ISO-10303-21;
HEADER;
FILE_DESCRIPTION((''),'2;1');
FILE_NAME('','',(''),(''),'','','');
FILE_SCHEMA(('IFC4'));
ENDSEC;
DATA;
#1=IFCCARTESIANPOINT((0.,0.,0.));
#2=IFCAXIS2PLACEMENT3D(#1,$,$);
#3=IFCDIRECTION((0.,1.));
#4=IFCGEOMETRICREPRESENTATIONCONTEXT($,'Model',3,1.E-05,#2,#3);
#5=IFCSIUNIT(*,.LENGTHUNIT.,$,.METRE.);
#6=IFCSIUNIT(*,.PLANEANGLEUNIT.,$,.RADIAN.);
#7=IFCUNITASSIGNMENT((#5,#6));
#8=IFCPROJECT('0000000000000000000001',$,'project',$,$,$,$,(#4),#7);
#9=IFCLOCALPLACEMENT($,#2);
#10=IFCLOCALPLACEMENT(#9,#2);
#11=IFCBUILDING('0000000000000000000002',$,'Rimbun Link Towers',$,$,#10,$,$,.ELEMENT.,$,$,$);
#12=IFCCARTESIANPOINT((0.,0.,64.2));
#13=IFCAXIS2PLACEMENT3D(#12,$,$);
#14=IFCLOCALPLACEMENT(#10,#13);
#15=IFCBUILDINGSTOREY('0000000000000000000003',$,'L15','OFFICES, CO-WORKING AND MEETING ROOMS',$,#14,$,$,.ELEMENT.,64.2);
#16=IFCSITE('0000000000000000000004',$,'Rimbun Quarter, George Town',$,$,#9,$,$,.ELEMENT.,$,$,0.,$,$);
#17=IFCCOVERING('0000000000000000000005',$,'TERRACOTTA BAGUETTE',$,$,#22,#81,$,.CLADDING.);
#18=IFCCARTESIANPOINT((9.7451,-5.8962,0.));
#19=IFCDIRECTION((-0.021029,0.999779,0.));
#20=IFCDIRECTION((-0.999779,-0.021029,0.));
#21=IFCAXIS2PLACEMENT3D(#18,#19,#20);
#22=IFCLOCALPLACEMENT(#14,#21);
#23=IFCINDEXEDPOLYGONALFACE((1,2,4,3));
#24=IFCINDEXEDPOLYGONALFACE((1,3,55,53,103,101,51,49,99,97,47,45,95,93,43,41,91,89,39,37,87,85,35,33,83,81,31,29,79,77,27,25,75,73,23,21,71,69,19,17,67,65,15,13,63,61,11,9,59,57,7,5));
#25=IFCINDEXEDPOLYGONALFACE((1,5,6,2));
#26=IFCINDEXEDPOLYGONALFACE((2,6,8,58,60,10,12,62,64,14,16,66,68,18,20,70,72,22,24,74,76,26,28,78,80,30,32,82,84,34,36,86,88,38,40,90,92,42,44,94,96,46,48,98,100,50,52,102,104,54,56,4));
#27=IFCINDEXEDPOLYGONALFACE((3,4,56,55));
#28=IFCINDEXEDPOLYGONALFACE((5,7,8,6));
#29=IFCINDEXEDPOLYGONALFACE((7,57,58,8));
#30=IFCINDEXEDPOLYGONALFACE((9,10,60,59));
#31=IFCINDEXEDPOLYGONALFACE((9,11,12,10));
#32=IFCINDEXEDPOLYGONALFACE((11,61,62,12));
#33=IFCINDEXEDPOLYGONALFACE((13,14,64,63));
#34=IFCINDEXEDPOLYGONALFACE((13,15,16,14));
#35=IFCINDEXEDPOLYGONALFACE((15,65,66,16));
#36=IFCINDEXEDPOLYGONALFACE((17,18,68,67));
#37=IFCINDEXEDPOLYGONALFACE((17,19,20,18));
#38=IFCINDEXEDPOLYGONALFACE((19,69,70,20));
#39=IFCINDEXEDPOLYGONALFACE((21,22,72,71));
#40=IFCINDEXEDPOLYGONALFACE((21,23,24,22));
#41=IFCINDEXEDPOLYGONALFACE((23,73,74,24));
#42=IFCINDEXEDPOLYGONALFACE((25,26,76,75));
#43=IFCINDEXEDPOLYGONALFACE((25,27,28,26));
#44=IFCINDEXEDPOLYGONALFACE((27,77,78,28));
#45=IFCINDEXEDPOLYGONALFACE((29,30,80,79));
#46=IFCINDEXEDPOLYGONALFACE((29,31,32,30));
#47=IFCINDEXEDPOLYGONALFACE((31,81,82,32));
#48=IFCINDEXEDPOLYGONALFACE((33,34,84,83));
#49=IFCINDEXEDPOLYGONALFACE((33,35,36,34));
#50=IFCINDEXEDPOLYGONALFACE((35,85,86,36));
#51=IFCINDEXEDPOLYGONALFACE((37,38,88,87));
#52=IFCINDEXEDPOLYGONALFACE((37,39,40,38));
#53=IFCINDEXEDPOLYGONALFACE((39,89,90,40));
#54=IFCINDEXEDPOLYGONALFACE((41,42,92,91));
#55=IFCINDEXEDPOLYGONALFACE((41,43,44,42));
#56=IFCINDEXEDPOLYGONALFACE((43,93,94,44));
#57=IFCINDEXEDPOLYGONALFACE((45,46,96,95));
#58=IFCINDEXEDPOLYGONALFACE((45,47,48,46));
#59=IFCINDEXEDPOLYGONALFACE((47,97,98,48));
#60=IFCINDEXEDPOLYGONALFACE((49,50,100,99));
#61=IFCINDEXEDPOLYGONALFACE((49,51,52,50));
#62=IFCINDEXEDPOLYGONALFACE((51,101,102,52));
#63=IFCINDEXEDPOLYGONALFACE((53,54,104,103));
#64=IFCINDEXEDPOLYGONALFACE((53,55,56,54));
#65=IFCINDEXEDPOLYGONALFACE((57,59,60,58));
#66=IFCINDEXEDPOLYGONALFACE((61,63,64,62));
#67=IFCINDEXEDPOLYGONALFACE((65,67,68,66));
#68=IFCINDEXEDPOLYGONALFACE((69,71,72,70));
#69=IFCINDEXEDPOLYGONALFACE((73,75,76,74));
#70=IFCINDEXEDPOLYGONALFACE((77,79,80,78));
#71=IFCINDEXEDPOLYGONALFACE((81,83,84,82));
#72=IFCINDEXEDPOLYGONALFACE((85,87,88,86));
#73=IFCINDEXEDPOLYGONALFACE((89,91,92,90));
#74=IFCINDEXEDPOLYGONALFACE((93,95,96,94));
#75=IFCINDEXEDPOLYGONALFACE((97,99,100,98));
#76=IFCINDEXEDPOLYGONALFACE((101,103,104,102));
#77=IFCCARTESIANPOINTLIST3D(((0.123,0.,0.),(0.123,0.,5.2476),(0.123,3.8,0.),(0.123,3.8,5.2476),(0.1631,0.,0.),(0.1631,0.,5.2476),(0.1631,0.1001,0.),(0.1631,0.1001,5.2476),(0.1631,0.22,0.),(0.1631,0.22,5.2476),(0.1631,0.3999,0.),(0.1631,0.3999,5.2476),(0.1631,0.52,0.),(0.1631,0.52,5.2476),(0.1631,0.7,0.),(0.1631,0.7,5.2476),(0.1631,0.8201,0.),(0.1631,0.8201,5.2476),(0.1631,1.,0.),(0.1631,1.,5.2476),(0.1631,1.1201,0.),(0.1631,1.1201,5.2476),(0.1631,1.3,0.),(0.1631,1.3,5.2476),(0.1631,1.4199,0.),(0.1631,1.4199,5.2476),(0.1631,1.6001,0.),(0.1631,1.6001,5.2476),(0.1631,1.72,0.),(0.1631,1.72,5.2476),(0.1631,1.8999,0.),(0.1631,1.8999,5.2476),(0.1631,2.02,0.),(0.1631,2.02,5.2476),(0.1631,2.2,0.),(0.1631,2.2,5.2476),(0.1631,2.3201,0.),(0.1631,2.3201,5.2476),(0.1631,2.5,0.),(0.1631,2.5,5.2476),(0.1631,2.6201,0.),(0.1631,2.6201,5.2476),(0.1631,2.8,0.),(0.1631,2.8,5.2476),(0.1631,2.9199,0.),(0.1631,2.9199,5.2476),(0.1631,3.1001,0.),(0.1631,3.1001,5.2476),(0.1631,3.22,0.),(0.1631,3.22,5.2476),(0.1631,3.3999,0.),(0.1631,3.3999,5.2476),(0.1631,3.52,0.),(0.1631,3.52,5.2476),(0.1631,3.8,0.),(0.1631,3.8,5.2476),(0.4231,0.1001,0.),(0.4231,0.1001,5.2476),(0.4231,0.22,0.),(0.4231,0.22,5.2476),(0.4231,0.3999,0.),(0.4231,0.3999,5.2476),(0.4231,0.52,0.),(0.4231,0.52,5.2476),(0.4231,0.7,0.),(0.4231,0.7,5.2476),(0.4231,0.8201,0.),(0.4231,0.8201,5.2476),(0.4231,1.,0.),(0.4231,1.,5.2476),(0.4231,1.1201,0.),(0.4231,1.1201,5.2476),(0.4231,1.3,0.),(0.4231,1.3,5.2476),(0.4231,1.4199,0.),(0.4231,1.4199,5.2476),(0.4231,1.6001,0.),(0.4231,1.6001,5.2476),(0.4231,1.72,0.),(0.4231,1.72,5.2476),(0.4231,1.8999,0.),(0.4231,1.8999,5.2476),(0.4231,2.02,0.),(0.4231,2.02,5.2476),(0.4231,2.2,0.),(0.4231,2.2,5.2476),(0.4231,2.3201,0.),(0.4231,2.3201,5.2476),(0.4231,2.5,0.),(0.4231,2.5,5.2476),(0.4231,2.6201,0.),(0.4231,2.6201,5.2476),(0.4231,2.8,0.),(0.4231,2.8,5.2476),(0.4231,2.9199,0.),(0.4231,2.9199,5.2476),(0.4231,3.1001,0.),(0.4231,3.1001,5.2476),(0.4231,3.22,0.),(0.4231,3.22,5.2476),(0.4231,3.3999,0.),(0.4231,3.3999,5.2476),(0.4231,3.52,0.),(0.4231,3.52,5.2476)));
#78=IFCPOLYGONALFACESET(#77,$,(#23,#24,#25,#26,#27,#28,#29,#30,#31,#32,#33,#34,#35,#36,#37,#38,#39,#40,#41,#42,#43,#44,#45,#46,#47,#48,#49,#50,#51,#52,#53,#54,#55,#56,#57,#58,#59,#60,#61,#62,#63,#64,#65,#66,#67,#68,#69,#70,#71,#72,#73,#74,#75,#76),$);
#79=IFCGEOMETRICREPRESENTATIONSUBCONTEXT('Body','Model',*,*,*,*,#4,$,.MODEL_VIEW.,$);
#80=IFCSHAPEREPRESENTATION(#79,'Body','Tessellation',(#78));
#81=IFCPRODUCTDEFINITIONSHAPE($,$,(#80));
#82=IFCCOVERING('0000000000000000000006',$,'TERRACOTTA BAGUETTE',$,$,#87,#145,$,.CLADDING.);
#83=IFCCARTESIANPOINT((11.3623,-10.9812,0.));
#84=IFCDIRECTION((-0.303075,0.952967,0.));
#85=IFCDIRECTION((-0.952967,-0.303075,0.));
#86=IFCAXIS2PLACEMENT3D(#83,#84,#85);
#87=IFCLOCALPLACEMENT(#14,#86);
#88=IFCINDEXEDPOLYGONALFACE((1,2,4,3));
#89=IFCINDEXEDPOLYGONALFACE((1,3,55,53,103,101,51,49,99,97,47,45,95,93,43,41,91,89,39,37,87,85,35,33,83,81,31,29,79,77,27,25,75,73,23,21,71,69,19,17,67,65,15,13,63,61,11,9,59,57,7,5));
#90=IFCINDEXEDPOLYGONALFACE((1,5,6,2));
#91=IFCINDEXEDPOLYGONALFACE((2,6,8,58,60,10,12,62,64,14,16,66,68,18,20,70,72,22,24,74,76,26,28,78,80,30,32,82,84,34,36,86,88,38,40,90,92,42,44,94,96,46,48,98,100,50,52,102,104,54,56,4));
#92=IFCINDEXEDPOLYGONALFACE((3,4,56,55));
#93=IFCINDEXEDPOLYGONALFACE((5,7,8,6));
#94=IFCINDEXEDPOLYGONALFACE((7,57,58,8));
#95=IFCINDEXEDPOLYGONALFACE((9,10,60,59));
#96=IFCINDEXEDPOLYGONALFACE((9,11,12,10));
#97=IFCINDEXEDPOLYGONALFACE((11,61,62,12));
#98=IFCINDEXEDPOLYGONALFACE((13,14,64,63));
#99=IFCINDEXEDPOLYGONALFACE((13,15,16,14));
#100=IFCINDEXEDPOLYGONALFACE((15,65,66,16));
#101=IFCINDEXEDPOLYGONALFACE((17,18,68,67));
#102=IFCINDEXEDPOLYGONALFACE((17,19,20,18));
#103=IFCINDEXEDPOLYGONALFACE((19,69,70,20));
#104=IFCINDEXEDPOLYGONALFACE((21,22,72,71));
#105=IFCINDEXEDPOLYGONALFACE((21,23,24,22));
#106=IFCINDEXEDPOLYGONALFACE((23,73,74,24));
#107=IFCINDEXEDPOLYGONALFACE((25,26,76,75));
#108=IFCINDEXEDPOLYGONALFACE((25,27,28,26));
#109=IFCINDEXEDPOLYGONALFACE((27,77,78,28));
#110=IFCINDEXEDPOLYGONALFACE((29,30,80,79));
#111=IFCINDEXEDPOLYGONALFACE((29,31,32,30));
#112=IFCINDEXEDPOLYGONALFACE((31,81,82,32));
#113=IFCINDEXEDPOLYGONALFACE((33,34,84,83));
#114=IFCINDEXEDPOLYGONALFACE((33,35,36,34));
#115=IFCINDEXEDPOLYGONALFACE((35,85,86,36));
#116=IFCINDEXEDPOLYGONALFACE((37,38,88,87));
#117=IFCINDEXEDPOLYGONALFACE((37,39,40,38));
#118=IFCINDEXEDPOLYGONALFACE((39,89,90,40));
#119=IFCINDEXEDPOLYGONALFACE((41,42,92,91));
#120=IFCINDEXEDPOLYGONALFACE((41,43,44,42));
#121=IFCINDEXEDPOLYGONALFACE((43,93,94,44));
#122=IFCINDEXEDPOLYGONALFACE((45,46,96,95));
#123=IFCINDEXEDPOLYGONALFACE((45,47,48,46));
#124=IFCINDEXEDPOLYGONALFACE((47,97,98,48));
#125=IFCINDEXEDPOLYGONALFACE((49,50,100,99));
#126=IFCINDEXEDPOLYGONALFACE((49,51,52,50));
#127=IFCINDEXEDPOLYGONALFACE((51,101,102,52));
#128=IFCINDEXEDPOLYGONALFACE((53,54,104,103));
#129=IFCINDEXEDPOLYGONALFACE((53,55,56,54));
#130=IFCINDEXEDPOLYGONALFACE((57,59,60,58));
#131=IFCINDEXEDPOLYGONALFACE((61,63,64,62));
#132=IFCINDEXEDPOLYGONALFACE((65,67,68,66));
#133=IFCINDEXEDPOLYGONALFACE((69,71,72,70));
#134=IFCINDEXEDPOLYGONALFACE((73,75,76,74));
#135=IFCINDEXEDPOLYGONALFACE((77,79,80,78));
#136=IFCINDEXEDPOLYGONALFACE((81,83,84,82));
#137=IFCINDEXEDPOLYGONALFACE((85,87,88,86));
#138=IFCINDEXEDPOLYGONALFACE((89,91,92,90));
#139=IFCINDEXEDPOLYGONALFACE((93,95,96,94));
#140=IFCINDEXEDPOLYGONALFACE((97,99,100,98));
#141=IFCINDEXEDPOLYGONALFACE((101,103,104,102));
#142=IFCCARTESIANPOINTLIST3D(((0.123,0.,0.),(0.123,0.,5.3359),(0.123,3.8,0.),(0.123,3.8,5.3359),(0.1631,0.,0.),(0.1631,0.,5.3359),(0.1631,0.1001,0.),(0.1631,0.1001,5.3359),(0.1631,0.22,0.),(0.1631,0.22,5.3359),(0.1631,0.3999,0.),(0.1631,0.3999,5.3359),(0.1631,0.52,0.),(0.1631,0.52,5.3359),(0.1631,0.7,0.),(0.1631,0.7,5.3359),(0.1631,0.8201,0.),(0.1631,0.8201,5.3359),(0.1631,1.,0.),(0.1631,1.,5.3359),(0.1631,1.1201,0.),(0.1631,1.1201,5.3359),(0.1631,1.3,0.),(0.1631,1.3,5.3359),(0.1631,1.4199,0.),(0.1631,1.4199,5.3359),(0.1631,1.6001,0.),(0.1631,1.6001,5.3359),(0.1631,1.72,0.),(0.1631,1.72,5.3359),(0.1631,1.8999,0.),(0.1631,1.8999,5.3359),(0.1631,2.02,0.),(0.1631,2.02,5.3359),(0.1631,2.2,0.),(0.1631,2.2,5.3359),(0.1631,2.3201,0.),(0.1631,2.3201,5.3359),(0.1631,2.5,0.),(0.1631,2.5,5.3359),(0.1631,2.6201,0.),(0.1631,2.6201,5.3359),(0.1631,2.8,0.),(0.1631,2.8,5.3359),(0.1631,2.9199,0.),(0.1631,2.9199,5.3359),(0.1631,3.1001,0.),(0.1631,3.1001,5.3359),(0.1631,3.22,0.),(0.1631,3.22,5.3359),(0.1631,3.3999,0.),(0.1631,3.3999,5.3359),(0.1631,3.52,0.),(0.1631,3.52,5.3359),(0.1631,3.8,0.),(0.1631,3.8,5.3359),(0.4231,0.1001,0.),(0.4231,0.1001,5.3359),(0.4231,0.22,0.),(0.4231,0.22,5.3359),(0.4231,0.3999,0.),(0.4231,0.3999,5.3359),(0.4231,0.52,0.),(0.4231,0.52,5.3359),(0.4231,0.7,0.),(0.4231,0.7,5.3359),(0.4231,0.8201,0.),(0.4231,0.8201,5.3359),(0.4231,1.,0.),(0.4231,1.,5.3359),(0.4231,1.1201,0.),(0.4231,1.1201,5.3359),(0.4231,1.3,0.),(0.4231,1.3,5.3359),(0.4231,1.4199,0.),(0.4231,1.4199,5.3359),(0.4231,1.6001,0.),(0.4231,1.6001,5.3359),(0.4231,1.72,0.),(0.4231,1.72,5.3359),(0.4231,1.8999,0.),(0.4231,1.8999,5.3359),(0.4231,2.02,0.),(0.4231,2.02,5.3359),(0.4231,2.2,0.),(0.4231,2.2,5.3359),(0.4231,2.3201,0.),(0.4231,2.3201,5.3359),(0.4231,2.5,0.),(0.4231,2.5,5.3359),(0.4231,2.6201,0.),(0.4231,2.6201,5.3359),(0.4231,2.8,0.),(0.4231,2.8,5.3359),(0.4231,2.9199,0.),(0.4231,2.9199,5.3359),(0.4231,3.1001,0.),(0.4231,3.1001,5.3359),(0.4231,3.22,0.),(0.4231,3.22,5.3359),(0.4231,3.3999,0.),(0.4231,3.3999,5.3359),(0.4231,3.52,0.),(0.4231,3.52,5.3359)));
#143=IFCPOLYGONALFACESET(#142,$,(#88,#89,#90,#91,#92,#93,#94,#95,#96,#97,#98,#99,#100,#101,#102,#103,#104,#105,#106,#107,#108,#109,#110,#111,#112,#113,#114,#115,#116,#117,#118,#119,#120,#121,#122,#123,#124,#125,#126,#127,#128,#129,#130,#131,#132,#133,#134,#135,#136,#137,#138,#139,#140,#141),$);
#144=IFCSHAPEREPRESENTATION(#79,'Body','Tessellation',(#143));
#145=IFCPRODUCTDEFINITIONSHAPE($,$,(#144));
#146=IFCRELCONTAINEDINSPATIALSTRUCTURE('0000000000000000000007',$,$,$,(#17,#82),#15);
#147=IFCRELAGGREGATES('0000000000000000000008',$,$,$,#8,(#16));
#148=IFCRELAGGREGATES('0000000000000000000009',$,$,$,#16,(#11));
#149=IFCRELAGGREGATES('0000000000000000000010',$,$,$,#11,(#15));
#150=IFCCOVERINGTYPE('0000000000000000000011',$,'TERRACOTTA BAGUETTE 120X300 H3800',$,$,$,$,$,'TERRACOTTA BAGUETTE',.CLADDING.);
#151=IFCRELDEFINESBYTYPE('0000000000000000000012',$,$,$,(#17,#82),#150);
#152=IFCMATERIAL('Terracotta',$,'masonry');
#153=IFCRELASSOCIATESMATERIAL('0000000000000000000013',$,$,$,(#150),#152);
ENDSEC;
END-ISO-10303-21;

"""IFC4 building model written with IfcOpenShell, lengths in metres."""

from ifc_helpers import new_model, si_unit, direction, frame, origin, place, context, subcontext, project, spatial, polyline, outline, extrude, material, material_profile, profile_set, type_object, element, save


model = new_model("IFC4")

# Units and contexts
model_context = context("Model", 3, precision=1e-05, world=origin(), true_north=direction((0.0, 1.0)))
body_context = subcontext(model_context, "Body", "Model", "MODEL_VIEW")
ifc_project = project(units=[si_unit("LENGTHUNIT", "METRE"), si_unit("PLANEANGLEUNIT", "RADIAN")], contexts=[model_context])

# Site, building, storey
site_placement = place(None, origin())
site = spatial("IfcSite", under=ifc_project, at=site_placement, Name="Rimbun Quarter, George Town", CompositionType="ELEMENT", RefElevation=0.0)
building_placement = place(site_placement, origin())
building = spatial("IfcBuilding", under=site, at=building_placement, Name="Rimbun Link Towers", CompositionType="ELEMENT")
storey_placement = place(building_placement, frame((0.0, 0.0, 64.2)))
storey = spatial("IfcBuildingStorey", under=building, at=storey_placement, Name="L15", Description="OFFICES, CO-WORKING AND MEETING ROOMS", CompositionType="ELEMENT", Elevation=64.2)

# Coverings
ifc_material_1 = material(Name="Terracotta", Category="masonry")
ifc_material_profile_1 = material_profile(ifc_material_1, outline(polyline([(0.123, 0.0), (0.1631, 0.0), (0.1631, 0.1001), (0.4231, 0.1001), (0.4231, 0.22), (0.1631, 0.22), (0.1631, 0.3999), (0.4231, 0.3999), (0.4231, 0.52), (0.1631, 0.52), (0.1631, 0.7), (0.4231, 0.7), (0.4231, 0.8201), (0.1631, 0.8201), (0.1631, 1.0), (0.4231, 1.0), (0.4231, 1.1201), (0.1631, 1.1201), (0.1631, 1.3), (0.4231, 1.3), (0.4231, 1.4199), (0.1631, 1.4199), (0.1631, 1.6001), (0.4231, 1.6001), (0.4231, 1.72), (0.1631, 1.72), (0.1631, 1.8999), (0.4231, 1.8999), (0.4231, 2.02), (0.1631, 2.02), (0.1631, 2.2), (0.4231, 2.2), (0.4231, 2.3201), (0.1631, 2.3201), (0.1631, 2.5), (0.4231, 2.5), (0.4231, 2.6201), (0.1631, 2.6201), (0.1631, 2.8), (0.4231, 2.8), (0.4231, 2.9199), (0.1631, 2.9199), (0.1631, 3.1001), (0.4231, 3.1001), (0.4231, 3.22), (0.1631, 3.22), (0.1631, 3.3999), (0.4231, 3.3999), (0.4231, 3.52), (0.1631, 3.52), (0.1631, 3.8), (0.123, 3.8), (0.123, 0.0)])), Name="BAGUETTE 120X300")
ifc_profile_set_1 = profile_set([ifc_material_profile_1], Name="Terracotta")
covering_type_1 = type_object("IfcCoveringType", Name="TERRACOTTA BAGUETTE 120X300 H3800", ElementType="TERRACOTTA BAGUETTE", PredefinedType="CLADDING", material=ifc_profile_set_1)
covering_1_placement = place(storey_placement, frame((9.7451, -5.8962, 0.0), z_axis=(-0.021029, 0.999779, 0.0), x_axis=(-0.999779, -0.021029, 0.0)))
element("IfcCovering", 1, at=covering_1_placement, inside=storey, type_object=covering_type_1, Name="TERRACOTTA BAGUETTE", PredefinedType="CLADDING", context=body_context, shape_type="SweptSolid", body=[
    extrude(outline(polyline([(0.123, 0.0), (0.1631, 0.0), (0.1631, 0.1001), (0.4231, 0.1001), (0.4231, 0.22), (0.1631, 0.22), (0.1631, 0.3999), (0.4231, 0.3999), (0.4231, 0.52), (0.1631, 0.52), (0.1631, 0.7), (0.4231, 0.7), (0.4231, 0.8201), (0.1631, 0.8201), (0.1631, 1.0), (0.4231, 1.0), (0.4231, 1.1201), (0.1631, 1.1201), (0.1631, 1.3), (0.4231, 1.3), (0.4231, 1.4199), (0.1631, 1.4199), (0.1631, 1.6001), (0.4231, 1.6001), (0.4231, 1.72), (0.1631, 1.72), (0.1631, 1.8999), (0.4231, 1.8999), (0.4231, 2.02), (0.1631, 2.02), (0.1631, 2.2), (0.4231, 2.2), (0.4231, 2.3201), (0.1631, 2.3201), (0.1631, 2.5), (0.4231, 2.5), (0.4231, 2.6201), (0.1631, 2.6201), (0.1631, 2.8), (0.4231, 2.8), (0.4231, 2.9199), (0.1631, 2.9199), (0.1631, 3.1001), (0.4231, 3.1001), (0.4231, 3.22), (0.1631, 3.22), (0.1631, 3.3999), (0.4231, 3.3999), (0.4231, 3.52), (0.1631, 3.52), (0.1631, 3.8), (0.123, 3.8), (0.123, 0.0)])), origin(), (0.0, 0.0, 1.0), 5.2476),
])
covering_2_placement = place(storey_placement, frame((11.3623, -10.9812, 0.0), z_axis=(-0.303075, 0.952967, 0.0), x_axis=(-0.952967, -0.303075, 0.0)))
element("IfcCovering", 2, at=covering_2_placement, inside=storey, type_object=covering_type_1, Name="TERRACOTTA BAGUETTE", PredefinedType="CLADDING", context=body_context, shape_type="SweptSolid", body=[
    extrude(outline(polyline([(0.123, 0.0), (0.1631, 0.0), (0.1631, 0.1001), (0.4231, 0.1001), (0.4231, 0.22), (0.1631, 0.22), (0.1631, 0.3999), (0.4231, 0.3999), (0.4231, 0.52), (0.1631, 0.52), (0.1631, 0.7), (0.4231, 0.7), (0.4231, 0.8201), (0.1631, 0.8201), (0.1631, 1.0), (0.4231, 1.0), (0.4231, 1.1201), (0.1631, 1.1201), (0.1631, 1.3), (0.4231, 1.3), (0.4231, 1.4199), (0.1631, 1.4199), (0.1631, 1.6001), (0.4231, 1.6001), (0.4231, 1.72), (0.1631, 1.72), (0.1631, 1.8999), (0.4231, 1.8999), (0.4231, 2.02), (0.1631, 2.02), (0.1631, 2.2), (0.4231, 2.2), (0.4231, 2.3201), (0.1631, 2.3201), (0.1631, 2.5), (0.4231, 2.5), (0.4231, 2.6201), (0.1631, 2.6201), (0.1631, 2.8), (0.4231, 2.8), (0.4231, 2.9199), (0.1631, 2.9199), (0.1631, 3.1001), (0.4231, 3.1001), (0.4231, 3.22), (0.1631, 3.22), (0.1631, 3.3999), (0.4231, 3.3999), (0.4231, 3.52), (0.1631, 3.52), (0.1631, 3.8), (0.123, 3.8), (0.123, 0.0)])), origin(), (0.0, 0.0, 1.0), 5.3359),
])

save(model, "model.ifc")
